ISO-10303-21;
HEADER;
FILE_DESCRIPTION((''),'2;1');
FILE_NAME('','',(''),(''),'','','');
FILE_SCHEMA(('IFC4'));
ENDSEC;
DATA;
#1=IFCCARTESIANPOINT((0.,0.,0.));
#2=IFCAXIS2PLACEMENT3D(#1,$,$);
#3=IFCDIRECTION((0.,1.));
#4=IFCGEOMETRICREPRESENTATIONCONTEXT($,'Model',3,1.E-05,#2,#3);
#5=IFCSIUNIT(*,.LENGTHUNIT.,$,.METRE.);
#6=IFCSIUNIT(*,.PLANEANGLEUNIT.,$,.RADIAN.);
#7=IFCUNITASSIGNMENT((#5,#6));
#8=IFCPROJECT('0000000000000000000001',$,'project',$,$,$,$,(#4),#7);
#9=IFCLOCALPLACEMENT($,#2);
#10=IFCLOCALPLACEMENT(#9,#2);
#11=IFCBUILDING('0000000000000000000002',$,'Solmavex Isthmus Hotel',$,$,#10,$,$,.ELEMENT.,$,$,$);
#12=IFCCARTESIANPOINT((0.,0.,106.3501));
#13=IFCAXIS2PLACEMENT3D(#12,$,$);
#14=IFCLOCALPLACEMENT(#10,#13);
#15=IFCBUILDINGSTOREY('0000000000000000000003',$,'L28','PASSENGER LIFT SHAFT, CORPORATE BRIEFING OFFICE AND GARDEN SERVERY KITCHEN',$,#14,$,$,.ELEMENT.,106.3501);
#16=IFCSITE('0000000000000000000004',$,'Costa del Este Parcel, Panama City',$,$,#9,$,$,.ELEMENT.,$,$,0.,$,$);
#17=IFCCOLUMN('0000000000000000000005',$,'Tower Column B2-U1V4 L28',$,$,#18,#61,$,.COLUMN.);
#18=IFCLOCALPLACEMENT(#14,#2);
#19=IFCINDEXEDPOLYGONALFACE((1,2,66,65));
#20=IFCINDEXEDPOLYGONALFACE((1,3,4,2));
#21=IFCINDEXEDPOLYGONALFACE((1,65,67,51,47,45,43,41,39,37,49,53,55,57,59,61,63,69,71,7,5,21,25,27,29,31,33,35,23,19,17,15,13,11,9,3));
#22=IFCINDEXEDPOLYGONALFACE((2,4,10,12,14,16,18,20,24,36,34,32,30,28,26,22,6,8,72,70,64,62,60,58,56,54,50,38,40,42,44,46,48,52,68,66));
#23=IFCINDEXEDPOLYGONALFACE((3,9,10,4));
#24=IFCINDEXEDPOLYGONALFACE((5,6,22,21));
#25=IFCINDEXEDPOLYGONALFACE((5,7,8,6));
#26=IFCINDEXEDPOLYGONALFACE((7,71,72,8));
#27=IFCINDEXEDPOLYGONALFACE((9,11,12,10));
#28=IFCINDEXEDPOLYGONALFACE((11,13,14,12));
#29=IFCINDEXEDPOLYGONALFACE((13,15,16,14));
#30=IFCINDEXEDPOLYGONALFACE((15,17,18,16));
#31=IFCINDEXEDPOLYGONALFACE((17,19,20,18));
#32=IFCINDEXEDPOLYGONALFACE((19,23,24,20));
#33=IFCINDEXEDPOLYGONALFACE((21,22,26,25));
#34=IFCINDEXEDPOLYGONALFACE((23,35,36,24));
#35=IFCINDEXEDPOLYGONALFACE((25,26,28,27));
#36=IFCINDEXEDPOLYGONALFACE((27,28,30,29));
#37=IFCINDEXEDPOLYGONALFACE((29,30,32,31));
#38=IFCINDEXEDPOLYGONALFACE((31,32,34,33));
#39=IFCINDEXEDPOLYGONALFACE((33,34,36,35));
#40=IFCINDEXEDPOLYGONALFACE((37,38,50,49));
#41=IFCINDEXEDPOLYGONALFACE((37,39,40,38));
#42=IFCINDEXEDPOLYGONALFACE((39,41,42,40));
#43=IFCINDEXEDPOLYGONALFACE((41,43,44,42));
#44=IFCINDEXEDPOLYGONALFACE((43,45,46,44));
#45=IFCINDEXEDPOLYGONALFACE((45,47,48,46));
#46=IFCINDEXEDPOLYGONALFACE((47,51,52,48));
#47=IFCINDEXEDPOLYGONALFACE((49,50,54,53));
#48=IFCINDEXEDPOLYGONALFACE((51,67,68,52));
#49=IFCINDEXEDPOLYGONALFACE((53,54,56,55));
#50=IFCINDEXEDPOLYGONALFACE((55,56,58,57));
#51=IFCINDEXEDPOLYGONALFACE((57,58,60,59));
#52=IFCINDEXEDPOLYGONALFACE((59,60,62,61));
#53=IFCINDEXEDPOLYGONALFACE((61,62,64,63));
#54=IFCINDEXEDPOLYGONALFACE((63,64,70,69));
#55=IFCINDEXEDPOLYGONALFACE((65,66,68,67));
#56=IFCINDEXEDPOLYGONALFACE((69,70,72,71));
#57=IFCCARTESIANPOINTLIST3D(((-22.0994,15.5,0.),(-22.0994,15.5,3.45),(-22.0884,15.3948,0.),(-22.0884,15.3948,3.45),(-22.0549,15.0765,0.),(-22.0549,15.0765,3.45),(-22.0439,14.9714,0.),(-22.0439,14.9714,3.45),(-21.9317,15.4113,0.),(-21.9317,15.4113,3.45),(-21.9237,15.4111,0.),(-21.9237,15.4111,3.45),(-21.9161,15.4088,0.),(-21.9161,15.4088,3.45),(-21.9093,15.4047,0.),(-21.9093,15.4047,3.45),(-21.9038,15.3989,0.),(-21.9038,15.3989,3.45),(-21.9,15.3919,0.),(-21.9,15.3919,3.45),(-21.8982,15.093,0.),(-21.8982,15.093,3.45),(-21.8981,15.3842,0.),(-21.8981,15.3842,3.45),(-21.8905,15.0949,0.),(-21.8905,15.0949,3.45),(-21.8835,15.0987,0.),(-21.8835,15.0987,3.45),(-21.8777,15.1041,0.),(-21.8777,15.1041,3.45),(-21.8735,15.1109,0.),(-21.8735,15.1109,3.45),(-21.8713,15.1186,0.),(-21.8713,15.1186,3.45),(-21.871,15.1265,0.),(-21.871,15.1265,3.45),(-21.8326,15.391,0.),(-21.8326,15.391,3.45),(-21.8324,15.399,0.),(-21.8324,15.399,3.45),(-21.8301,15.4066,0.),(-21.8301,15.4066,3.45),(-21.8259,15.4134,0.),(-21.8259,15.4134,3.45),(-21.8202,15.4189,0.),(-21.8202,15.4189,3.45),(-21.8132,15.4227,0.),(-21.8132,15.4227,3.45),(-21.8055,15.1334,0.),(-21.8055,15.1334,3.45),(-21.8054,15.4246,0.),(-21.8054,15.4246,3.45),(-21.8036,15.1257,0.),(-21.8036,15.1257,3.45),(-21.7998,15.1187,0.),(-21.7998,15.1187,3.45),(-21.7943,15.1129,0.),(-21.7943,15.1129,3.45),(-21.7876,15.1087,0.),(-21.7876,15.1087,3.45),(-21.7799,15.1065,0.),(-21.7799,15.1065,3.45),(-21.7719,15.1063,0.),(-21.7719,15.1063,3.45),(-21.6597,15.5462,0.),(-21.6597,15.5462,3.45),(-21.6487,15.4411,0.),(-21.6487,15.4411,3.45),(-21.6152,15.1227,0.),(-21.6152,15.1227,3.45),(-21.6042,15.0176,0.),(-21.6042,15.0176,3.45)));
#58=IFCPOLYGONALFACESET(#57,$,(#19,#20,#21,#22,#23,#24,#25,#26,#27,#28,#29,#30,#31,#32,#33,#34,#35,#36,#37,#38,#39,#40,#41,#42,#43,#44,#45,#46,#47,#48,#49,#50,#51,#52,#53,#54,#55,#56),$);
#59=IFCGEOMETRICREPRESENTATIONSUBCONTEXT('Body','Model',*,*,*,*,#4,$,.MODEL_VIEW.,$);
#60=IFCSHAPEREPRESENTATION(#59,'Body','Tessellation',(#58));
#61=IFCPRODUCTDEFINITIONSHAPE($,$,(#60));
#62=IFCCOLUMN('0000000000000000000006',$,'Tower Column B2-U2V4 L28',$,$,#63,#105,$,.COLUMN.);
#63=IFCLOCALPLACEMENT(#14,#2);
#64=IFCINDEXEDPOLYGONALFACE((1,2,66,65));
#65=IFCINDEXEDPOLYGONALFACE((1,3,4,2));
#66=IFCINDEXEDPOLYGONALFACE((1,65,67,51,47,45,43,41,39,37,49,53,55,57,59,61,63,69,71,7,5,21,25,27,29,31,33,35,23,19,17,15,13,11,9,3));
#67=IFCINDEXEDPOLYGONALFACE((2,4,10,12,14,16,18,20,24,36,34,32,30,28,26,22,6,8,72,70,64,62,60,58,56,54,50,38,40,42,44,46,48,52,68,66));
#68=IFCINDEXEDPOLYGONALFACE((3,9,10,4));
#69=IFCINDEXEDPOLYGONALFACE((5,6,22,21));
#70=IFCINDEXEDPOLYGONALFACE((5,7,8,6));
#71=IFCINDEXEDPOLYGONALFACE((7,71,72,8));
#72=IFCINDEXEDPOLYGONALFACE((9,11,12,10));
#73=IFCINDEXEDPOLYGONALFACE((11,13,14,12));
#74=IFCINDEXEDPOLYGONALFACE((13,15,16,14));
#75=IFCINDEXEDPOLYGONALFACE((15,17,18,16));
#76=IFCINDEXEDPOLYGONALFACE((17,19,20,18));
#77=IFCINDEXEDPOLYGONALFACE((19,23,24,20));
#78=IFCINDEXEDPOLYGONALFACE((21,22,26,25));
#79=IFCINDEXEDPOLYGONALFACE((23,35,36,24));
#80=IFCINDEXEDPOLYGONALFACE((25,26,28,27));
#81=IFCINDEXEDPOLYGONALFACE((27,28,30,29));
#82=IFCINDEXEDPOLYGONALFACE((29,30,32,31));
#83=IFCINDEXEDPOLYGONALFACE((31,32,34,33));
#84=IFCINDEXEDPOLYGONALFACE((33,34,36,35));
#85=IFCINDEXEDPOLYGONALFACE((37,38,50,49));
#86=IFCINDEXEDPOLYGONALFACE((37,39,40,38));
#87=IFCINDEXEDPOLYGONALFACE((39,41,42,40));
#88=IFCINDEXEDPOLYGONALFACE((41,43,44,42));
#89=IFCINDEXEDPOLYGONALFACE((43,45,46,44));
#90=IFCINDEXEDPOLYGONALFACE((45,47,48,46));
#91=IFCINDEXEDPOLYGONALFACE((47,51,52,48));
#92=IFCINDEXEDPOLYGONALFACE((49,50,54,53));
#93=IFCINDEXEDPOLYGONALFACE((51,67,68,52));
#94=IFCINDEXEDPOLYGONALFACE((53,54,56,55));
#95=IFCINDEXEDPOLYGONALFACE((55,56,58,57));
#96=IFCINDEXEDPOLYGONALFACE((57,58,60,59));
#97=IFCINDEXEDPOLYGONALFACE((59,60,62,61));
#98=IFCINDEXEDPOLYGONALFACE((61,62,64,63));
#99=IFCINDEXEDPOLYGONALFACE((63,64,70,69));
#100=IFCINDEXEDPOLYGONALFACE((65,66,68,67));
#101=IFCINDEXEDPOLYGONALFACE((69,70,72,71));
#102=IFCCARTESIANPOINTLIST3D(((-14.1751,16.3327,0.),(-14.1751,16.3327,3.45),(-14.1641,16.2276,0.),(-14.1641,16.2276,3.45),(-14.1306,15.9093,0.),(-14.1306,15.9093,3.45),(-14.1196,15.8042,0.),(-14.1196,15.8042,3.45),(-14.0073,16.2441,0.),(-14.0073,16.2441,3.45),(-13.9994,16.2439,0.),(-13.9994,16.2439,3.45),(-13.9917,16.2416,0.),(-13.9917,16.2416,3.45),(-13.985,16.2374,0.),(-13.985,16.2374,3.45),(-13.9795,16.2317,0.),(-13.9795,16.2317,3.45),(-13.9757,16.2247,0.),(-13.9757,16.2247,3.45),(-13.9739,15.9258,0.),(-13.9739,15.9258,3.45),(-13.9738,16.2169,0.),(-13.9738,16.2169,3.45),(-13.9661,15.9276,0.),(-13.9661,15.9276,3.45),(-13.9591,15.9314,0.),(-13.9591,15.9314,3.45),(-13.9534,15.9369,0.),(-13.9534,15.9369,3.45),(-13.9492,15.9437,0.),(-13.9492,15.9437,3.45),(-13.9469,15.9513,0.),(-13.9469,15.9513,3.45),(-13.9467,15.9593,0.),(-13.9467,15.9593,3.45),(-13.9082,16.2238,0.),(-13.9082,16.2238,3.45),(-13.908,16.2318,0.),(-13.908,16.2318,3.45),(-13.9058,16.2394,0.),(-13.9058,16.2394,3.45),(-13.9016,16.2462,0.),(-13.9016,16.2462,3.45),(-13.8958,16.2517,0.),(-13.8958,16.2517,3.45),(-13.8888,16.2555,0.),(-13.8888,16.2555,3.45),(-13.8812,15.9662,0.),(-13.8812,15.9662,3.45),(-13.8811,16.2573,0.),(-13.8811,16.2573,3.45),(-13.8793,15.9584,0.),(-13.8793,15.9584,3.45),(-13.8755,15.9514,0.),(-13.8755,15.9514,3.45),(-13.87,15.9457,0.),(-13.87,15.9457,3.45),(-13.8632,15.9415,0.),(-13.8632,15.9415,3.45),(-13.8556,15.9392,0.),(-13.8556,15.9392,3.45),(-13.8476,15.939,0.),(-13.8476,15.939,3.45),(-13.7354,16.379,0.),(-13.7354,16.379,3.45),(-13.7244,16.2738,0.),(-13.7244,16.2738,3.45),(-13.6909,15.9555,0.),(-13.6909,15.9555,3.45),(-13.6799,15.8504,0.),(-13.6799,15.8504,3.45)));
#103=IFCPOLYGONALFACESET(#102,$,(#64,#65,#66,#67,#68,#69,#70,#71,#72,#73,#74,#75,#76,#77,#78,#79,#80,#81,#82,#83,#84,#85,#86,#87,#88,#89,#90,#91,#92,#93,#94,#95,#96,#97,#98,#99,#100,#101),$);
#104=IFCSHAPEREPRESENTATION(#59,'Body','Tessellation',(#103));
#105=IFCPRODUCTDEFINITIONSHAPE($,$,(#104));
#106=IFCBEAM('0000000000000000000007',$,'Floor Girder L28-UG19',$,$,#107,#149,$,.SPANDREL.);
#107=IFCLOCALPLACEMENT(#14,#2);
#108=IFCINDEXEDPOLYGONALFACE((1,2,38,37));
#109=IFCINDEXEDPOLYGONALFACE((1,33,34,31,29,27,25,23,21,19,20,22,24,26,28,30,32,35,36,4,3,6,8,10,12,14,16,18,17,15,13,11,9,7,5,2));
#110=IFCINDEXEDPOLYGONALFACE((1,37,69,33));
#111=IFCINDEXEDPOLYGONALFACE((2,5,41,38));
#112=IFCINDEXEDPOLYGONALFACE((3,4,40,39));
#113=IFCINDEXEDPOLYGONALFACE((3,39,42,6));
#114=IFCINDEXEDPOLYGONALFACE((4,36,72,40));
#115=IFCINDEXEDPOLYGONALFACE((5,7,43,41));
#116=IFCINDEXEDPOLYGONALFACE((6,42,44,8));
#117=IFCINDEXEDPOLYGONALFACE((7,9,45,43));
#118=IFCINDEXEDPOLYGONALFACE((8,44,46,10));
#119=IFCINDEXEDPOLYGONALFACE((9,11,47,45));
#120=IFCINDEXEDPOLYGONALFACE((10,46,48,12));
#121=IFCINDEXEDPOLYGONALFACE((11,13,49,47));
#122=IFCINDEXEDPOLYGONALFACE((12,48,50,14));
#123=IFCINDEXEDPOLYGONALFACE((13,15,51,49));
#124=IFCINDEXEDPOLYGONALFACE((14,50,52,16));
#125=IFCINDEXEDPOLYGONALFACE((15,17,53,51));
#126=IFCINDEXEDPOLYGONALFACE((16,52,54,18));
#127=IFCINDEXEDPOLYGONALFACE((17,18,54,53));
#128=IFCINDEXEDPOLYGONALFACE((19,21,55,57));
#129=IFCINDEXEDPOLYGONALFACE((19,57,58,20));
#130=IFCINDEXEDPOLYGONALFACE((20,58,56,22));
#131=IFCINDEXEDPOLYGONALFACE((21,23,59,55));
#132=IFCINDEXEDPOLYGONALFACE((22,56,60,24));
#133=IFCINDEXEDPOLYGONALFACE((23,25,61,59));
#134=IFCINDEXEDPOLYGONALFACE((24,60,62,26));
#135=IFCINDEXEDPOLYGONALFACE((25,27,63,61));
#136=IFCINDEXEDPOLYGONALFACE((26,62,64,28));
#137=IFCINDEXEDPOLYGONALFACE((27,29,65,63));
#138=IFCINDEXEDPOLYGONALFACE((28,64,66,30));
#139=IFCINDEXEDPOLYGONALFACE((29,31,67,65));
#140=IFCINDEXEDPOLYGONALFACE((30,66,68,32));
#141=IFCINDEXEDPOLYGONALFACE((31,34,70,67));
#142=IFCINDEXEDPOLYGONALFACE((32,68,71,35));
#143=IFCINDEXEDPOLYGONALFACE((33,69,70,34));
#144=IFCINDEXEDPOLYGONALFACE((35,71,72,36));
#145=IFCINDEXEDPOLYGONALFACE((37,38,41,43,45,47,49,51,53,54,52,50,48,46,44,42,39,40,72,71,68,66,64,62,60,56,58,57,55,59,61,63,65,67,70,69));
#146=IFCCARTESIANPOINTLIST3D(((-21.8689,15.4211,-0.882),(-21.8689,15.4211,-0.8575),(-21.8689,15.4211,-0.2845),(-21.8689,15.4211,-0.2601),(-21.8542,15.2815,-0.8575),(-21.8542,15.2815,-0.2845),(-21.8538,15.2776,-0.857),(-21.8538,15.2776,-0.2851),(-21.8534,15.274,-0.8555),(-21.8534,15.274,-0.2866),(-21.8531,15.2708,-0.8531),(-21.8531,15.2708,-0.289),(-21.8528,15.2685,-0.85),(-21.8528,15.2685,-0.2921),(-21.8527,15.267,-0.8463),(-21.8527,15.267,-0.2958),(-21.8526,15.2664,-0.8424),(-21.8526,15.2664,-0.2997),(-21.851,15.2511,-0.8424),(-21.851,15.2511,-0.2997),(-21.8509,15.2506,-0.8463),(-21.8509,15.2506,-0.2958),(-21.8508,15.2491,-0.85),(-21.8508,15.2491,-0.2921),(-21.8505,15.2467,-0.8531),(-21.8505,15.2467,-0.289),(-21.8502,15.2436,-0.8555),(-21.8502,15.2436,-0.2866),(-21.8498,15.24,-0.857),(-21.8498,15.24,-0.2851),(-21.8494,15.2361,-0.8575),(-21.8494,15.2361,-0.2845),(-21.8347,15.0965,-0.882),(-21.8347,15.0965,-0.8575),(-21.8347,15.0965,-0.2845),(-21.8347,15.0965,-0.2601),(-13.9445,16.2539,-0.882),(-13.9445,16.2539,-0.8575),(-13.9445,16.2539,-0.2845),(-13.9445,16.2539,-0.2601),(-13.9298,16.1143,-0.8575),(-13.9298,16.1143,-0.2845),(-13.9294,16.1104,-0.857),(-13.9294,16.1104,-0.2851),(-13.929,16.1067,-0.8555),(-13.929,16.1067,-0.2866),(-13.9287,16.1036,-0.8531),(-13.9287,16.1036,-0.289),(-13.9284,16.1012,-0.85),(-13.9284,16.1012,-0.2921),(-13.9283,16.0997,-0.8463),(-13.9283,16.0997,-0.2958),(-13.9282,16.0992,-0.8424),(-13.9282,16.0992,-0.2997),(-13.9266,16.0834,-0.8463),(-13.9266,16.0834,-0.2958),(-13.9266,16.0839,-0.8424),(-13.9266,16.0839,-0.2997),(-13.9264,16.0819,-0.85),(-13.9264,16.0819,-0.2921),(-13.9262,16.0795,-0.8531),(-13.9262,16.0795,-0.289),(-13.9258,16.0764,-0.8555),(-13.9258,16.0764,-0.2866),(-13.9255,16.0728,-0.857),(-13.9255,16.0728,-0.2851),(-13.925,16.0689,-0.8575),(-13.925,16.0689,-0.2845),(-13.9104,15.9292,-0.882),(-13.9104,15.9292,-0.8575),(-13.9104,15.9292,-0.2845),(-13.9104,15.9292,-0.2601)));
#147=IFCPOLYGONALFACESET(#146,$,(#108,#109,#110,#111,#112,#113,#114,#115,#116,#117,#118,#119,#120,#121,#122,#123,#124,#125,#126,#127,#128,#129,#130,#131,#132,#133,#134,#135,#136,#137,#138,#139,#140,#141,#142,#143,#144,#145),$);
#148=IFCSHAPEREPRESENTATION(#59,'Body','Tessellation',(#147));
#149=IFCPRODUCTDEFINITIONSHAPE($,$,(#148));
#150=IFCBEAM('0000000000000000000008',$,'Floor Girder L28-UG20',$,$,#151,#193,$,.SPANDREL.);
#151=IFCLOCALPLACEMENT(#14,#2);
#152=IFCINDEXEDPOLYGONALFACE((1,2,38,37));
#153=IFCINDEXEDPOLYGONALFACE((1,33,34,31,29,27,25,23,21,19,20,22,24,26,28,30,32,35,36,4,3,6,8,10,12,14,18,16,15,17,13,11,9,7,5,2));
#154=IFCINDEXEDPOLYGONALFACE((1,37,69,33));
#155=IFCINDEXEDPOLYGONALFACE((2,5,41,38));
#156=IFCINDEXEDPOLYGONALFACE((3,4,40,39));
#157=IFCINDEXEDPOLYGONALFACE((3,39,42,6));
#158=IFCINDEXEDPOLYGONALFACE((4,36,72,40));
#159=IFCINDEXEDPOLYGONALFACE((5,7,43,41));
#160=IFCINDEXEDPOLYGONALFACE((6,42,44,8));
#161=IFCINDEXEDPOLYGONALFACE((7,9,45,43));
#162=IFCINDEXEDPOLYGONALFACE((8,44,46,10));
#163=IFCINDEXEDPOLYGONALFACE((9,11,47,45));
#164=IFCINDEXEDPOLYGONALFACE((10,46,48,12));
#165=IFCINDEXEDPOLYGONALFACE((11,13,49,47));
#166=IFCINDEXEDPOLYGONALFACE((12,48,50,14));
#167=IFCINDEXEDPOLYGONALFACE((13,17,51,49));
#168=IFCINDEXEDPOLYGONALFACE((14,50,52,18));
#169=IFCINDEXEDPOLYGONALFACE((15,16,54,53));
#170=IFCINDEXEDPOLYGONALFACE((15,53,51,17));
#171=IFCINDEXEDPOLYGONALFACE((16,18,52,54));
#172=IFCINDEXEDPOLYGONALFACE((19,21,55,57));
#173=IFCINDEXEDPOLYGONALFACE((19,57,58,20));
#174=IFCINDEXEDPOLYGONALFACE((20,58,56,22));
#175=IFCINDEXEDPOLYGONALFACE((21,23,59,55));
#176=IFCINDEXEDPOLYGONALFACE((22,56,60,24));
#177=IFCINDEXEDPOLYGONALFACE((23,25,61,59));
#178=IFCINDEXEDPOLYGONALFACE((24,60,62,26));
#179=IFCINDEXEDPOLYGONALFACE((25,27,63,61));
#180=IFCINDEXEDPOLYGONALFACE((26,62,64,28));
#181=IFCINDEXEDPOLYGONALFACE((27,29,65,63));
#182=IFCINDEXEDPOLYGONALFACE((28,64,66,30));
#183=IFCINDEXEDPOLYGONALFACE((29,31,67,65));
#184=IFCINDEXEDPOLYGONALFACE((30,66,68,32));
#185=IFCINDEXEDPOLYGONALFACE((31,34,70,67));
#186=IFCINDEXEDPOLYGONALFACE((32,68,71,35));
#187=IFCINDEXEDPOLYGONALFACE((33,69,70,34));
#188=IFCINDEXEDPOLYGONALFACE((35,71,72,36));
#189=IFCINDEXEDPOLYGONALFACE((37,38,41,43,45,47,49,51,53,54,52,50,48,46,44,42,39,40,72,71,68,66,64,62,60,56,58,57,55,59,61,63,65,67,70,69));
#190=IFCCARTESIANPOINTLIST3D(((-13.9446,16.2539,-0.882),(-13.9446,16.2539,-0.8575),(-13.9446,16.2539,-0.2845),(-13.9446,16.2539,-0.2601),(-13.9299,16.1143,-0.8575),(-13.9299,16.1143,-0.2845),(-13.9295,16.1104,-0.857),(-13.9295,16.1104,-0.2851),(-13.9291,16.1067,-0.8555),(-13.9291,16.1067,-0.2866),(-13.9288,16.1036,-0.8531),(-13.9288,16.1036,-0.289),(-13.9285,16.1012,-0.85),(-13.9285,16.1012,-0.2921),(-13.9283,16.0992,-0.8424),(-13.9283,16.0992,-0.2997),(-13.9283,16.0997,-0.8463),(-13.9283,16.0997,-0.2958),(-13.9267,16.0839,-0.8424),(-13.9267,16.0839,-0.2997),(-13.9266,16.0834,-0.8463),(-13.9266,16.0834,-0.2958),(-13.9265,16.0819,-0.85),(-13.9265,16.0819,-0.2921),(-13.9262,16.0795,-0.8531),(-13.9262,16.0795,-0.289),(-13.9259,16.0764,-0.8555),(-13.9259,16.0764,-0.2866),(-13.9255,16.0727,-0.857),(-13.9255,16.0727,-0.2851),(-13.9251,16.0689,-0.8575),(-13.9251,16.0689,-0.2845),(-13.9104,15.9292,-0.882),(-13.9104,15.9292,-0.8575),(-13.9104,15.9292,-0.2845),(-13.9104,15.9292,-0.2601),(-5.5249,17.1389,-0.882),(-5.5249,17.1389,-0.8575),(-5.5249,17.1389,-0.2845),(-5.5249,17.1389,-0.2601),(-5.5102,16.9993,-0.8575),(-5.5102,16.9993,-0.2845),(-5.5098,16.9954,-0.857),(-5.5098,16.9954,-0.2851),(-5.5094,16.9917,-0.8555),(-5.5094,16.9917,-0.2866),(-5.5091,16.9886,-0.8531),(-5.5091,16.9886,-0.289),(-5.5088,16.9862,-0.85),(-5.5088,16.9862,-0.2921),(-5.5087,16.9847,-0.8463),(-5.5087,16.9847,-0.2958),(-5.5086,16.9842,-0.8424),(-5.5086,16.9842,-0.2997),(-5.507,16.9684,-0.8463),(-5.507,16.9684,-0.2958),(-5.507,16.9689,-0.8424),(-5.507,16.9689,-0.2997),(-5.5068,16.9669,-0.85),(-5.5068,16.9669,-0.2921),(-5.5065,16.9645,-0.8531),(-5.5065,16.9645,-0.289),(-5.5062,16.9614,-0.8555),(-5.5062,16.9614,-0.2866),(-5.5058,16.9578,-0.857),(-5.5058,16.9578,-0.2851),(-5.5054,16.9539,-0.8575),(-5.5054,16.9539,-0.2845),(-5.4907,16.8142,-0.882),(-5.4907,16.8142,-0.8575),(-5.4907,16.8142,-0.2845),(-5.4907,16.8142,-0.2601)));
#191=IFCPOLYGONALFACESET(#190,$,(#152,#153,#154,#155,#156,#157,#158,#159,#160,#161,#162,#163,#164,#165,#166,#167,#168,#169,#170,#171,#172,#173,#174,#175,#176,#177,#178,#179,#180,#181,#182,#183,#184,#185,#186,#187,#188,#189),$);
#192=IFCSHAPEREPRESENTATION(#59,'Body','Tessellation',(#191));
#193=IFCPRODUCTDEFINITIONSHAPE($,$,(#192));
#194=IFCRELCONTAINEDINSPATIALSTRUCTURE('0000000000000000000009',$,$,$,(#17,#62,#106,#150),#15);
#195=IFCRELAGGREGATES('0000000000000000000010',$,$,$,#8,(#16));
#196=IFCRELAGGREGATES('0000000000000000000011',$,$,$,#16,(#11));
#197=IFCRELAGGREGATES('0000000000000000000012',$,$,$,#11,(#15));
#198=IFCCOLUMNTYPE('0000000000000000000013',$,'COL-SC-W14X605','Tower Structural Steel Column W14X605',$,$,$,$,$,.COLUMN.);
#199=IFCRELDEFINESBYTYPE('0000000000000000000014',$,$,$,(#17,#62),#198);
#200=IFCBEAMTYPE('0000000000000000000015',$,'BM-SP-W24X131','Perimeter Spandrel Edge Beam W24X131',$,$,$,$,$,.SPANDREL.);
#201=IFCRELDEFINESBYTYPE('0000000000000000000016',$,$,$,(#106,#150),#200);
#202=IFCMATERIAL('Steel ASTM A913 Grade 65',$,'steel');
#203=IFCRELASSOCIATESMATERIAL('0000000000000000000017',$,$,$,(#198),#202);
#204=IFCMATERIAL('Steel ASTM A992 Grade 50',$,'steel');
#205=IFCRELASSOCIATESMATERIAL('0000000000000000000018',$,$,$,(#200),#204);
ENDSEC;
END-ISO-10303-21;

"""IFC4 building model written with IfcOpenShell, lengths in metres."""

from ifc_helpers import new_model, si_unit, direction, frame, origin, origin_2d, place, context, subcontext, project, spatial, i_section, extrude, material, material_profile, profile_set, type_object, element, save


model = new_model("IFC4")

# Units and contexts
model_context = context("Model", 3, precision=1e-05, world=origin(), true_north=direction((0.0, 1.0)))
body_context = subcontext(model_context, "Body", "Model", "MODEL_VIEW")
ifc_project = project(units=[si_unit("LENGTHUNIT", "METRE"), si_unit("PLANEANGLEUNIT", "RADIAN")], contexts=[model_context])

# Site, building, storey
site_placement = place(None, origin())
site = spatial("IfcSite", under=ifc_project, at=site_placement, Name="Costa del Este Parcel, Panama City", CompositionType="ELEMENT", RefElevation=0.0)
building_placement = place(site_placement, origin())
building = spatial("IfcBuilding", under=site, at=building_placement, Name="Solmavex Isthmus Hotel", CompositionType="ELEMENT")
storey_placement = place(building_placement, frame((0.0, 0.0, 106.3501)))
storey = spatial("IfcBuildingStorey", under=building, at=storey_placement, Name="L28", Description="PASSENGER LIFT SHAFT, CORPORATE BRIEFING OFFICE AND GARDEN SERVERY KITCHEN", CompositionType="ELEMENT", Elevation=106.3501)

# Columns
ifc_material_1 = material(Name="Steel ASTM A913 Grade 65", Category="steel")
ifc_material_profile_1 = material_profile(ifc_material_1, i_section(OverallWidth=0.4421, OverallDepth=0.5315, WebThickness=0.0659, FlangeThickness=0.1057, FilletRadius=0.0305, at=origin_2d()), Name="W14X605")
ifc_profile_set_1 = profile_set([ifc_material_profile_1], Name="Steel ASTM A913 Grade 65")
column_type = type_object("IfcColumnType", Name="COL-SC-W14X605", Description="Tower Structural Steel Column W14X605", PredefinedType="COLUMN", material=ifc_profile_set_1)
for number, where, z_axis, x_axis, name in (
    (1, (-21.8518, 15.2588, 0.0), (0.0, 0.0, 1.0), (0.994522, 0.104528, 0.0), "Tower Column B2-U1V4 L28"),
    (2, (-13.9275, 16.0916, 0.0), (0.0, 0.0, 1.0), (0.994522, 0.104528, 0.0), "Tower Column B2-U2V4 L28"),
):
    element("IfcColumn", number, at=place(storey_placement, frame(where, z_axis=z_axis, x_axis=x_axis)), inside=storey, type_object=column_type, Name=name, PredefinedType="COLUMN", context=body_context, shape_type="SweptSolid", body=[
        extrude(i_section(OverallWidth=0.4421, OverallDepth=0.5315, WebThickness=0.0659, FlangeThickness=0.1057, FilletRadius=0.0305, at=origin_2d()), origin(), (0.0, 0.0, 1.0), 3.45),
    ])

# Beams
ifc_material_2 = material(Name="Steel ASTM A992 Grade 50", Category="steel")
ifc_material_profile_2 = material_profile(ifc_material_2, i_section(OverallWidth=0.3264, OverallDepth=0.6218, WebThickness=0.0154, FlangeThickness=0.0244, FilletRadius=0.0151, at=origin_2d()), Name="W24X131")
ifc_profile_set_2 = profile_set([ifc_material_profile_2], Name="Steel ASTM A992 Grade 50")
beam_type = type_object("IfcBeamType", Name="BM-SP-W24X131", Description="Perimeter Spandrel Edge Beam W24X131", PredefinedType="SPANDREL", material=ifc_profile_set_2)
beam_1_placement = place(storey_placement, frame((-21.8518, 15.2588, -0.571), z_axis=(0.994523, 0.104514, 0.0), x_axis=(-0.104514, 0.994523, 0.0)))
element("IfcBeam", 3, at=beam_1_placement, inside=storey, type_object=beam_type, Name="Floor Girder L28-UG19", PredefinedType="SPANDREL", context=body_context, shape_type="SweptSolid", body=[
    extrude(i_section(OverallWidth=0.3264, OverallDepth=0.6218, WebThickness=0.0154, FlangeThickness=0.0244, FilletRadius=0.0151, at=origin_2d()), origin(), (0.0, 0.0, 1.0), 7.968),
])
beam_2_placement = place(storey_placement, frame((-13.9275, 16.0916, -0.571), z_axis=(0.994521, 0.104536, 0.0), x_axis=(-0.104536, 0.994521, 0.0)))
element("IfcBeam", 4, at=beam_2_placement, inside=storey, type_object=beam_type, Name="Floor Girder L28-UG20", PredefinedType="SPANDREL", context=body_context, shape_type="SweptSolid", body=[
    extrude(i_section(OverallWidth=0.3264, OverallDepth=0.6218, WebThickness=0.0154, FlangeThickness=0.0244, FilletRadius=0.0151, at=origin_2d()), origin(), (0.0, 0.0, 1.0), 8.4661),
])

save(model, "model.ifc")
